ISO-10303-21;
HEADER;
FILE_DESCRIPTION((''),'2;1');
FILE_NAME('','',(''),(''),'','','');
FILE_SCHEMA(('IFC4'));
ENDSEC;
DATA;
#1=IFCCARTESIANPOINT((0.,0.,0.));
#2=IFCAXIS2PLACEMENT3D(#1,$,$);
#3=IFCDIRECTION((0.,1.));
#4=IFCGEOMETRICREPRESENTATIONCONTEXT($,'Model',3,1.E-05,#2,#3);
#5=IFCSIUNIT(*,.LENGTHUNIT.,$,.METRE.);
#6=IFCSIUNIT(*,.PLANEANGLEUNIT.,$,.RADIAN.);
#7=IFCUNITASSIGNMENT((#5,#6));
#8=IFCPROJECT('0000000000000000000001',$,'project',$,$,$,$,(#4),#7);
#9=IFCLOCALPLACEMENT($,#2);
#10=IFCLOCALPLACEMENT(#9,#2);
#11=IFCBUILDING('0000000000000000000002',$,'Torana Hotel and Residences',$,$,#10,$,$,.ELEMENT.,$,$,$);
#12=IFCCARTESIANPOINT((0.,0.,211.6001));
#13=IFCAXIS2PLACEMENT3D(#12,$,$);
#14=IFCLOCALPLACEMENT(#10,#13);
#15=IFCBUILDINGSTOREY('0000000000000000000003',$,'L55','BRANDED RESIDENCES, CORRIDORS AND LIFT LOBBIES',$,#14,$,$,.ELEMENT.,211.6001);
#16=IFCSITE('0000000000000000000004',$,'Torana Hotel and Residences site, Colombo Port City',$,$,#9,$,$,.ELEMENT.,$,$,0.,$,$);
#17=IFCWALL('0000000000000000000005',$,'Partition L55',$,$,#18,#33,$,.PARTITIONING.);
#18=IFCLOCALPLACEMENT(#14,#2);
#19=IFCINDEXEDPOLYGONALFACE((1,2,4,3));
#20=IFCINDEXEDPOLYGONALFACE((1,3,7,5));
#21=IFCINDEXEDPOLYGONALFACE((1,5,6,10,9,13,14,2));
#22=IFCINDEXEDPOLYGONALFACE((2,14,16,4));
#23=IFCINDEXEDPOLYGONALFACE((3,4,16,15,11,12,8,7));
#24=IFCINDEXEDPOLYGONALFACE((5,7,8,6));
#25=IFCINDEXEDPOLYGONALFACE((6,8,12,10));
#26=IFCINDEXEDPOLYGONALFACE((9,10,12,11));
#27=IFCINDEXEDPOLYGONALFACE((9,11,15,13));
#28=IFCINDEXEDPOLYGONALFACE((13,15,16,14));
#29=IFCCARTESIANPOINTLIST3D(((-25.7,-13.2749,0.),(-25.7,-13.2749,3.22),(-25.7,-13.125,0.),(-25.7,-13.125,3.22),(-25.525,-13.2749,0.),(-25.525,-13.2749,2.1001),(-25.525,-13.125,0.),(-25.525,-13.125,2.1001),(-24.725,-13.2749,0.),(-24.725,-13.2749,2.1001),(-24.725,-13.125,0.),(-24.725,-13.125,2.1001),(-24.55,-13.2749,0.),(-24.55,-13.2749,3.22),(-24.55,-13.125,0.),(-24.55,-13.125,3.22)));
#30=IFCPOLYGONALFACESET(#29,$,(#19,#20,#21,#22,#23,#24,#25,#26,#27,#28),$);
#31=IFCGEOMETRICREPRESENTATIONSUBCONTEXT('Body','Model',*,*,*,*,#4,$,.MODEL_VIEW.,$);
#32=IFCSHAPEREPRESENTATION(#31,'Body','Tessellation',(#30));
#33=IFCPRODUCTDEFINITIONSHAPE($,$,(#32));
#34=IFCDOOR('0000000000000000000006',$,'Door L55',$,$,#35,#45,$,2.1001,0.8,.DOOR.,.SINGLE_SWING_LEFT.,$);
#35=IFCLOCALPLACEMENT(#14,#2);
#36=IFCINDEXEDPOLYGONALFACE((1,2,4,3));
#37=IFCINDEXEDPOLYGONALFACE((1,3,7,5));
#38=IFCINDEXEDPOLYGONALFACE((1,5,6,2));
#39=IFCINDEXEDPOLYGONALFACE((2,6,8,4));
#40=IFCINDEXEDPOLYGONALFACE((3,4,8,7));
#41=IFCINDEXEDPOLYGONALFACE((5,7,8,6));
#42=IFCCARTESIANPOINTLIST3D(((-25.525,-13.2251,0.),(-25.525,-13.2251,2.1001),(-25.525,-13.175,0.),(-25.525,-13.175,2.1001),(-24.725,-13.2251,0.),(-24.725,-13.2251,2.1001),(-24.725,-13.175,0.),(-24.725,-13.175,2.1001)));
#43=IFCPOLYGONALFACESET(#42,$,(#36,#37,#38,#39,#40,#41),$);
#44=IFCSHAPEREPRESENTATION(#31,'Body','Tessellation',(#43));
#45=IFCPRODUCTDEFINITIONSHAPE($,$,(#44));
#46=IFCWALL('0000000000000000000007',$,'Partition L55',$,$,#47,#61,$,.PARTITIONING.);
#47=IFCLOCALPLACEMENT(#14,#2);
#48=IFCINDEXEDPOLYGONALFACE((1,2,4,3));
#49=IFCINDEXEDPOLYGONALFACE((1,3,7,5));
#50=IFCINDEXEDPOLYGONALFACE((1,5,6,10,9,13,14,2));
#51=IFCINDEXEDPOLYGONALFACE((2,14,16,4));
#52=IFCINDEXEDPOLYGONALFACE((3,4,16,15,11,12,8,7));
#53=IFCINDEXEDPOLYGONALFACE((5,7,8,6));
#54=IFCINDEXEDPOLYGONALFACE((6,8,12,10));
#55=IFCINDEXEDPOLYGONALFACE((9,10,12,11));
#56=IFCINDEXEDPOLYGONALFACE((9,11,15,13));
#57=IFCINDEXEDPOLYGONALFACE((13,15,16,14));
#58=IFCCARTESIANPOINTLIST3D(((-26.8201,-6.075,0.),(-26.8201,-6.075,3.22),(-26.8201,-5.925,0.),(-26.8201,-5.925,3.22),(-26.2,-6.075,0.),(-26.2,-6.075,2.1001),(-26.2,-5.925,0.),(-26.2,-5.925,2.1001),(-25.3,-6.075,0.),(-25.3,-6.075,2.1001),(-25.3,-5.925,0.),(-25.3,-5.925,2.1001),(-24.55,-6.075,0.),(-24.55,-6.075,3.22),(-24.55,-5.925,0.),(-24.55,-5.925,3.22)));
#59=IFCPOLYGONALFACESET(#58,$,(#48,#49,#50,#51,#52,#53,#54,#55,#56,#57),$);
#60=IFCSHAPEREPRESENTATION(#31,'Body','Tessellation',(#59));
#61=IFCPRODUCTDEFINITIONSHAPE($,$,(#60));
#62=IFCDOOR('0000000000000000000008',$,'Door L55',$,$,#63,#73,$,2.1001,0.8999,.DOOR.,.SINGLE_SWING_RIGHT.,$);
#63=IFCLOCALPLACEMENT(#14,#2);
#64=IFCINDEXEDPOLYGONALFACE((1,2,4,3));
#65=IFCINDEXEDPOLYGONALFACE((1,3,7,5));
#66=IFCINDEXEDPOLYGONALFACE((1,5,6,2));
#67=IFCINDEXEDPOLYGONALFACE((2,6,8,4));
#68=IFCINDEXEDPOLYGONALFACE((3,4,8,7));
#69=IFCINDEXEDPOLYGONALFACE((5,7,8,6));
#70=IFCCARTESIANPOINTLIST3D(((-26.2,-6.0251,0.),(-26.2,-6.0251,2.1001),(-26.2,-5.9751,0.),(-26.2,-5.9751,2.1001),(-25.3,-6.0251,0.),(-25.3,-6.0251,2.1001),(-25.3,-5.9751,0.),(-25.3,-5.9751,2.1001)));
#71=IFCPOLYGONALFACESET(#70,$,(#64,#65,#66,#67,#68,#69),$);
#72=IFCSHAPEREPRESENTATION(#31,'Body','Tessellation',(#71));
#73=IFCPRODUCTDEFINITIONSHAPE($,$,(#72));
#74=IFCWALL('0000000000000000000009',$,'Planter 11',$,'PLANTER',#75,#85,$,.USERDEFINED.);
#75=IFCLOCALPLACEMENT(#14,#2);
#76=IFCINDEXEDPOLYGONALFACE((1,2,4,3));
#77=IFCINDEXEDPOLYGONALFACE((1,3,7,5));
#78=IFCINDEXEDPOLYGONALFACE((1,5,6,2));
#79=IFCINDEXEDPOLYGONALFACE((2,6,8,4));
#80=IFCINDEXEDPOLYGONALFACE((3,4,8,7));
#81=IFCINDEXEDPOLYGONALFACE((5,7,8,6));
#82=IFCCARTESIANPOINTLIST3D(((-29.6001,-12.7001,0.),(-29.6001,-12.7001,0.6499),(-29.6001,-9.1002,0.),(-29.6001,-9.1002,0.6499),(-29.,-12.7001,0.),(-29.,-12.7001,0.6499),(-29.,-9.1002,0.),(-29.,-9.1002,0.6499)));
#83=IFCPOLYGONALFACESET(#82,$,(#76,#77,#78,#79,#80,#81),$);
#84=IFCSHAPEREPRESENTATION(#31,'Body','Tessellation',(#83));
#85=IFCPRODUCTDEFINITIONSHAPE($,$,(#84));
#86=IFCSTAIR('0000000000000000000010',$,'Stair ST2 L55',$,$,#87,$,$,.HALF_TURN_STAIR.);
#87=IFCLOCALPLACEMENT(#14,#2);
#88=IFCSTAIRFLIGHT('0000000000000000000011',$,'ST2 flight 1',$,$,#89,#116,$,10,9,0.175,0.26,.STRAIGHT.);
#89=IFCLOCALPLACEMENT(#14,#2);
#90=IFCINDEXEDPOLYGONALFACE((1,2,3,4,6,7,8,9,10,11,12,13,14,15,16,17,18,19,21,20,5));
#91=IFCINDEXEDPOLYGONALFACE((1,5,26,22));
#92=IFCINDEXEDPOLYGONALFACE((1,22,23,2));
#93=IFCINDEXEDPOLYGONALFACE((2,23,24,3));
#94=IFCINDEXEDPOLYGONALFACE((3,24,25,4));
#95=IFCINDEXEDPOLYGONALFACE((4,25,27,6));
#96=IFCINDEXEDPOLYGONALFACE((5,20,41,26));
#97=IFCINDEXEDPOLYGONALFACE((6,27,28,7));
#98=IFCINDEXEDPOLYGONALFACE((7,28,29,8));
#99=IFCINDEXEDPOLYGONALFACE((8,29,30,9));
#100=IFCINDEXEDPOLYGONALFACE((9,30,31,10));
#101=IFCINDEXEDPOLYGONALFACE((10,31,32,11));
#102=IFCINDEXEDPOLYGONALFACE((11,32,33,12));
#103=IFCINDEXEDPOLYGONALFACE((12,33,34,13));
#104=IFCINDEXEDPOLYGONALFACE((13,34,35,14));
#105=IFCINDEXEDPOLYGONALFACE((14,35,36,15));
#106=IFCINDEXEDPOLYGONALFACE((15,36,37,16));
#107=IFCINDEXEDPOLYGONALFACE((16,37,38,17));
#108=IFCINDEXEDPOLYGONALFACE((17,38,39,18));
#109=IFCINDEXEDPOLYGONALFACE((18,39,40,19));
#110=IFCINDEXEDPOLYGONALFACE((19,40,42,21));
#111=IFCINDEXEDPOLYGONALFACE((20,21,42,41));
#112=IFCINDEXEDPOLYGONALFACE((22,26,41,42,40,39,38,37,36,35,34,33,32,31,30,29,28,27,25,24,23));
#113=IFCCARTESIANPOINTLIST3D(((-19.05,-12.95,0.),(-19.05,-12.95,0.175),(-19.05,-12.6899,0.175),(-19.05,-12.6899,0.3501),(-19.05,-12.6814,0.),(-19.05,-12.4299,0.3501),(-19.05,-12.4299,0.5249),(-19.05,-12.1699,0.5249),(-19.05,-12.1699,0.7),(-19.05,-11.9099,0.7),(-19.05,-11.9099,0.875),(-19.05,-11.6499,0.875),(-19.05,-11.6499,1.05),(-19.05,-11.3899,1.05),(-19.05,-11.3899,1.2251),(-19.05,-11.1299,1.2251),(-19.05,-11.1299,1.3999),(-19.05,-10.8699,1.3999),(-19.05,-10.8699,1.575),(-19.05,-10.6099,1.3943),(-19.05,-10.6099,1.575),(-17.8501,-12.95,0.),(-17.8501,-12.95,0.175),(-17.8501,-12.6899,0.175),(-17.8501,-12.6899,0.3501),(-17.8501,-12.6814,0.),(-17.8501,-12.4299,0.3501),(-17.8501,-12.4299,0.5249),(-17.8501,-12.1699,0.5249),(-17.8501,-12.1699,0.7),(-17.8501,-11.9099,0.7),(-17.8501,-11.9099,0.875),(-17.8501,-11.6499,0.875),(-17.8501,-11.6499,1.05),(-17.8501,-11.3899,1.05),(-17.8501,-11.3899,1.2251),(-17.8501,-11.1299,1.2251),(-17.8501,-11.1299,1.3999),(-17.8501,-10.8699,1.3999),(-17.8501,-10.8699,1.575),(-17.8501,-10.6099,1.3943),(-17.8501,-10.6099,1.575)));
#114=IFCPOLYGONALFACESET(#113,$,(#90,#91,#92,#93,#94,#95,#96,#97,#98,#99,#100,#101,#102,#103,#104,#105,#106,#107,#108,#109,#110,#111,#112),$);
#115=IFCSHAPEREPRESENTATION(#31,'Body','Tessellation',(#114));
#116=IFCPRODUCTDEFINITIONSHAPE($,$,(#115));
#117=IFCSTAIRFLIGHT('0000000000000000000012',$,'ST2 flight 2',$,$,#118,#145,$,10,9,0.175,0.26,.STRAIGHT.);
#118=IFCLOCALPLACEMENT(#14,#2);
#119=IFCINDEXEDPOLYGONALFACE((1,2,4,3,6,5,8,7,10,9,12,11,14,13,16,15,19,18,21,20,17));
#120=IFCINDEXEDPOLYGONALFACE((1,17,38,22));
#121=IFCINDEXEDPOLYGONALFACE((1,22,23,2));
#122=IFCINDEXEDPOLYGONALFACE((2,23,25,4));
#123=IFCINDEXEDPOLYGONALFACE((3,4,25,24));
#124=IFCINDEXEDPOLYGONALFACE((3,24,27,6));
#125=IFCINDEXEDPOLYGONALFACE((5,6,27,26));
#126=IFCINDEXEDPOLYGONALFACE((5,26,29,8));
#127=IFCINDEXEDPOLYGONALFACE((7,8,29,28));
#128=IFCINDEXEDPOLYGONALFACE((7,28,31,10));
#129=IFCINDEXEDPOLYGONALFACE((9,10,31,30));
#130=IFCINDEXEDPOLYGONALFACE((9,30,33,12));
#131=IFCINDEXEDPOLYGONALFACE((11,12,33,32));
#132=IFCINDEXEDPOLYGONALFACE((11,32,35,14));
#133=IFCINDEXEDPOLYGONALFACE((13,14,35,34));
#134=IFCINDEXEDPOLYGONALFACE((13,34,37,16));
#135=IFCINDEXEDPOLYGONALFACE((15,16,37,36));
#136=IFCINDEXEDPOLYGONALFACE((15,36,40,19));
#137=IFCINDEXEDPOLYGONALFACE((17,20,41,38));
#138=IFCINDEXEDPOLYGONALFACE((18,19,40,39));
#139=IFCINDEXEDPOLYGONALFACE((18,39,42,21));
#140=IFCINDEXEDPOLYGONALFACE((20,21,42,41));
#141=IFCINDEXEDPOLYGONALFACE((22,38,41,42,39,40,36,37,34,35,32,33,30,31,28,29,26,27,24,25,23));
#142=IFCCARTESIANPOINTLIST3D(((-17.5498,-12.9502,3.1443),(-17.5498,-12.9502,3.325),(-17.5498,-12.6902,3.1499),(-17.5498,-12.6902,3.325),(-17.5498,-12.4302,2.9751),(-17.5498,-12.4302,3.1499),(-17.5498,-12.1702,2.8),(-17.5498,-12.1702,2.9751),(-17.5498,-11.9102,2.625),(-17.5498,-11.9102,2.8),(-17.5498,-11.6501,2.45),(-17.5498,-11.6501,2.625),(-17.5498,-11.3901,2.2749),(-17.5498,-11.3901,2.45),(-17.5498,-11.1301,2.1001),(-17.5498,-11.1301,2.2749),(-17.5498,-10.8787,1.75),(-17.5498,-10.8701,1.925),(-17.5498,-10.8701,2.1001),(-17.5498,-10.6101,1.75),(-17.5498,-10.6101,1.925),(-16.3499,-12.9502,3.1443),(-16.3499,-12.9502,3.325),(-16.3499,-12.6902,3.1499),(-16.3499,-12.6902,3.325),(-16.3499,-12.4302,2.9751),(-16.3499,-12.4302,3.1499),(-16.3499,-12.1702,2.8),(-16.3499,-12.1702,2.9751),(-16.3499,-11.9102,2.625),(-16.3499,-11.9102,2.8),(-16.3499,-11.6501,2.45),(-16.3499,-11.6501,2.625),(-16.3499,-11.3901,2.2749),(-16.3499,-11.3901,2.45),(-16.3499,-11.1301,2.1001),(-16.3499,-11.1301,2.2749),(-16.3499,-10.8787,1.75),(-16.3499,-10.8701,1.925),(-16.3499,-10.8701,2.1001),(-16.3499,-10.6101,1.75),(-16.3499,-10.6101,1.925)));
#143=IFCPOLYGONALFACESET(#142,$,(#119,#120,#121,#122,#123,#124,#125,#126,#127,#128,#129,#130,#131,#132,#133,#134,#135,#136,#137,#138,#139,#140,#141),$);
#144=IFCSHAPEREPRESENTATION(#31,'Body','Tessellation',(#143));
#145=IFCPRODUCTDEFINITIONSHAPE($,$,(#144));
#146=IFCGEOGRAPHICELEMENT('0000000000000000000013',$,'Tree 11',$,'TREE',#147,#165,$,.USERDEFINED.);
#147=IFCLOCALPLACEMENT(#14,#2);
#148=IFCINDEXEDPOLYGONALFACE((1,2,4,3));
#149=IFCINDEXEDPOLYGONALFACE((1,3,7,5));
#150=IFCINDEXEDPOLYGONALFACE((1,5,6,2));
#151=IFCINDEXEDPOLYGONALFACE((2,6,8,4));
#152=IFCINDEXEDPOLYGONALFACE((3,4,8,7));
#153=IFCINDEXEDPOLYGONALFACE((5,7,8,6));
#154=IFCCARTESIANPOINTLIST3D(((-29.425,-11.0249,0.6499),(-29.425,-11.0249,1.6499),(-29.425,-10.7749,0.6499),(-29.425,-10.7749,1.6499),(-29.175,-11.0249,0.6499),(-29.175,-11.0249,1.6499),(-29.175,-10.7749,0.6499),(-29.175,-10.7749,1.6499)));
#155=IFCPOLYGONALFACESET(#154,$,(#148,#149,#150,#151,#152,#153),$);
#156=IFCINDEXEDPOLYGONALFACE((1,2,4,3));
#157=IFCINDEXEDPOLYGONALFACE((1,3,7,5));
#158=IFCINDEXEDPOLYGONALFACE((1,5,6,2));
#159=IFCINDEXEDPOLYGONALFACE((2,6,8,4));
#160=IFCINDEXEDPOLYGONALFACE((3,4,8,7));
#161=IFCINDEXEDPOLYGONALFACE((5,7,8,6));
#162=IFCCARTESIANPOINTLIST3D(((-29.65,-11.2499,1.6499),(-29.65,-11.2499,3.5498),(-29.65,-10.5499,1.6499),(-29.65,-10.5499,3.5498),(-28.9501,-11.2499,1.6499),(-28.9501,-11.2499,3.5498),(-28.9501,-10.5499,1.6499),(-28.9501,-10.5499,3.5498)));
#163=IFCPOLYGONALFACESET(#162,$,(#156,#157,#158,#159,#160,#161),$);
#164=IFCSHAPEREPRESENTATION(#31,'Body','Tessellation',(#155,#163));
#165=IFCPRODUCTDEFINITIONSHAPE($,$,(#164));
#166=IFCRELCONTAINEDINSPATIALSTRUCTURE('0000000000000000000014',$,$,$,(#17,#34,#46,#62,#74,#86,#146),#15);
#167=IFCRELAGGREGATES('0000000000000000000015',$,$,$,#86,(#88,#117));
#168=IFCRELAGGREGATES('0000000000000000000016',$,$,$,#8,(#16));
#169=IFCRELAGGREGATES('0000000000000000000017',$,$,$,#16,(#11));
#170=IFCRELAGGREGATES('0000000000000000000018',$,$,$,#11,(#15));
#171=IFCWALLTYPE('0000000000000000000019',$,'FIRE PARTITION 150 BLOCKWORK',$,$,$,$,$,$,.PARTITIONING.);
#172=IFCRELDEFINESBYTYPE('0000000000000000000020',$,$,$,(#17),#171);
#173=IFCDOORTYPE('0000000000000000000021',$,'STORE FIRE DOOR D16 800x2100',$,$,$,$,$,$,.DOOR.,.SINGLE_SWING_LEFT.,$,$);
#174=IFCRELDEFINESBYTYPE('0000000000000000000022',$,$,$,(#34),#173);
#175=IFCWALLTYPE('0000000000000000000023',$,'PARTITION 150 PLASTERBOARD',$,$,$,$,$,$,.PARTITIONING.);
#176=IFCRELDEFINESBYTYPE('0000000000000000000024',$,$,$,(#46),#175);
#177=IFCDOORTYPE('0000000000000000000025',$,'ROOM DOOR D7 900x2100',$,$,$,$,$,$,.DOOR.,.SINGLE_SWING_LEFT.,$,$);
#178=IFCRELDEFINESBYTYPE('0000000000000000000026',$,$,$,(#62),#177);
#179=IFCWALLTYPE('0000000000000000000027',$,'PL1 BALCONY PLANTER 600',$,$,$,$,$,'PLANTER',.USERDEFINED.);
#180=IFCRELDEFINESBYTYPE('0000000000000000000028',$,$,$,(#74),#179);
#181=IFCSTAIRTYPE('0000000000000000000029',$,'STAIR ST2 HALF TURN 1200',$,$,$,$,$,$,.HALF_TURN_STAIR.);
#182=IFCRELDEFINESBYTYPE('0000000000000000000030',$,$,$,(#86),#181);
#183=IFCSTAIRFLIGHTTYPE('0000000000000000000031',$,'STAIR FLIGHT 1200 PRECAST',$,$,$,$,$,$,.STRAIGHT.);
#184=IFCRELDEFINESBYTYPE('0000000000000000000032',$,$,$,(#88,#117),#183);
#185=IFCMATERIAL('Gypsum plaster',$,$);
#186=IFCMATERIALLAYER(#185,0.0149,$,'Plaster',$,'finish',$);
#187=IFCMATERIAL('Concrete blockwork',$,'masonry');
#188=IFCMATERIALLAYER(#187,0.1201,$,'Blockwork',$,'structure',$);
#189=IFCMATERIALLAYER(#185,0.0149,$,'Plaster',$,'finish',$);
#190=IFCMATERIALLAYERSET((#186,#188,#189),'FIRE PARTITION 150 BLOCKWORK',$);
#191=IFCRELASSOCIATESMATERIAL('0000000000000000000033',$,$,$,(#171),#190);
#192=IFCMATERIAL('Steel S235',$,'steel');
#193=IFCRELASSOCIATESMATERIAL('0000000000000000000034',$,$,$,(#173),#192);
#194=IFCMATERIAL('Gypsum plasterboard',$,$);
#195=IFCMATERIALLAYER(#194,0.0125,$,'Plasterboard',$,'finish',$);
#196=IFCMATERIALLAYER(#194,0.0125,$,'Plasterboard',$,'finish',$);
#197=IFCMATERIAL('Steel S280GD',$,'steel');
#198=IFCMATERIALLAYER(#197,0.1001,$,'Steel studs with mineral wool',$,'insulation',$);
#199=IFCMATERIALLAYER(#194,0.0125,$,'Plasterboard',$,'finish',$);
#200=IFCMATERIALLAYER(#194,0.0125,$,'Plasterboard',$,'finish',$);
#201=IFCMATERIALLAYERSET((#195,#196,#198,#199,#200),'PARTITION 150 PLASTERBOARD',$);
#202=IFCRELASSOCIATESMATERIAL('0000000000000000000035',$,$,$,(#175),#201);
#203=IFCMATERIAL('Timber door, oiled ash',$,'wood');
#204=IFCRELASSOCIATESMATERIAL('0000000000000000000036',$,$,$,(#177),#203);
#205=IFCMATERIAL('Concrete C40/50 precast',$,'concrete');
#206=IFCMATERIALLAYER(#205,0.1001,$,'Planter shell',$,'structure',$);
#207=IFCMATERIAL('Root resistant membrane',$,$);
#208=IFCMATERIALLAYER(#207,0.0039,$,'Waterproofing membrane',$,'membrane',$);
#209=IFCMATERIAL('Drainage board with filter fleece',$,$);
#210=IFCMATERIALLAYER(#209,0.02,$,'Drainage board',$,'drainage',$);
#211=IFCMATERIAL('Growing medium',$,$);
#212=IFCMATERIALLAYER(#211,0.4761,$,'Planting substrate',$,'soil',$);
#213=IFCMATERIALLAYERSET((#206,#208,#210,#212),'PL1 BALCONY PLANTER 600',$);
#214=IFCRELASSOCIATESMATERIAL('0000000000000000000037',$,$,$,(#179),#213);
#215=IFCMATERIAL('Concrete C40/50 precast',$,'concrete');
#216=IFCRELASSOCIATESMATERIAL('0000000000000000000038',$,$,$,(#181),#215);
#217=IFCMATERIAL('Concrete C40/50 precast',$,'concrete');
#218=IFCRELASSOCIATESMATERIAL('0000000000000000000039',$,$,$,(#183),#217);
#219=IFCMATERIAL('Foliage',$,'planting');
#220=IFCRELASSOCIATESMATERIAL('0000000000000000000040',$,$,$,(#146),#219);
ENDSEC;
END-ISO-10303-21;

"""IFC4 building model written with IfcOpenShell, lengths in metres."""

from ifc_helpers import new_model, si_unit, direction, frame, frame_2d, origin, origin_2d, place, context, subcontext, project, spatial, polyline, rectangle, outline, extrude, material, layer, layer_set, type_object, element, fill, aggregate, save


model = new_model("IFC4")

# Units and contexts
model_context = context("Model", 3, precision=1e-05, world=origin(), true_north=direction((0.0, 1.0)))
body_context = subcontext(model_context, "Body", "Model", "MODEL_VIEW")
ifc_project = project(units=[si_unit("LENGTHUNIT", "METRE"), si_unit("PLANEANGLEUNIT", "RADIAN")], contexts=[model_context])

# Site, building, storey
site_placement = place(None, origin())
site = spatial("IfcSite", under=ifc_project, at=site_placement, Name="Torana Hotel and Residences site, Colombo Port City", CompositionType="ELEMENT", RefElevation=0.0)
building_placement = place(site_placement, origin())
building = spatial("IfcBuilding", under=site, at=building_placement, Name="Torana Hotel and Residences", CompositionType="ELEMENT")
storey_placement = place(building_placement, frame((0.0, 0.0, 211.6001)))
storey = spatial("IfcBuildingStorey", under=building, at=storey_placement, Name="L55", Description="BRANDED RESIDENCES, CORRIDORS AND LIFT LOBBIES", CompositionType="ELEMENT", Elevation=211.6001)

# Walls, openings, doors
ifc_material_1 = material(Name="Gypsum plaster")
ifc_layer_1 = layer(ifc_material_1, 0.0149, Name="Plaster", Category="finish")
ifc_material_2 = material(Name="Concrete blockwork", Category="masonry")
ifc_layer_2 = layer(ifc_material_2, 0.1201, Name="Blockwork", Category="structure")
ifc_layer_3 = layer(ifc_material_1, 0.0149, Name="Plaster", Category="finish")
ifc_layer_set_1 = layer_set([ifc_layer_1, ifc_layer_2, ifc_layer_3], Name="FIRE PARTITION 150 BLOCKWORK")
wall_type_1 = type_object("IfcWallType", Name="FIRE PARTITION 150 BLOCKWORK", PredefinedType="PARTITIONING", material=ifc_layer_set_1)
wall_1_placement = place(storey_placement, frame((-25.7, -13.2, 0.0), z_axis=(0.0, 0.0, 1.0), x_axis=(1.0, 0.0, 0.0)))
wall_1 = element("IfcWall", 1, at=wall_1_placement, inside=storey, type_object=wall_type_1, Name="Partition L55", PredefinedType="PARTITIONING", context=body_context, shape_type="SweptSolid", body=[
    extrude(rectangle(XDim=1.1499, YDim=0.1499, at=frame_2d((0.575, 0.0))), origin(), (0.0, 0.0, 1.0), 3.22),
])
opening_1_placement = place(wall_1_placement, frame((0.175, 0.0, 0.0)))
opening_1 = element("IfcOpeningElement", 2, at=opening_1_placement, cuts=wall_1, PredefinedType="OPENING", context=body_context, shape_type="SweptSolid", body=[
    extrude(rectangle(XDim=0.8, YDim=2.1001, at=frame_2d((0.3999, 1.05))), frame((0.0, 0.085, 0.0), z_axis=(0.0, -1.0, 0.0), x_axis=(1.0, 0.0, 0.0)), (0.0, 0.0, 1.0), 0.1699),
])
ifc_material_3 = material(Name="Steel S235", Category="steel")
door_type_1 = type_object("IfcDoorType", Name="STORE FIRE DOOR D16 800x2100", OperationType="SINGLE_SWING_LEFT", PredefinedType="DOOR", material=ifc_material_3)
door_1_placement = place(opening_1_placement, origin())
door_1 = element("IfcDoor", 3, at=door_1_placement, inside=storey, type_object=door_type_1, Name="Door L55", OperationType="SINGLE_SWING_LEFT", OverallHeight=2.1001, OverallWidth=0.8, PredefinedType="DOOR", context=body_context, shape_type="SweptSolid", body=[
    extrude(rectangle(XDim=0.8, YDim=2.1001, at=frame_2d((0.3999, 1.05))), frame((0.0, 0.0249, 0.0), z_axis=(0.0, -1.0, 0.0), x_axis=(1.0, 0.0, 0.0)), (0.0, 0.0, 1.0), 0.05),
])
fill(opening_1, door_1)
ifc_material_4 = material(Name="Gypsum plasterboard")
ifc_layer_4 = layer(ifc_material_4, 0.0125, Name="Plasterboard", Category="finish")
ifc_layer_5 = layer(ifc_material_4, 0.0125, Name="Plasterboard", Category="finish")
ifc_material_5 = material(Name="Steel S280GD", Category="steel")
ifc_layer_6 = layer(ifc_material_5, 0.1001, Name="Steel studs with mineral wool", Category="insulation")
ifc_layer_7 = layer(ifc_material_4, 0.0125, Name="Plasterboard", Category="finish")
ifc_layer_8 = layer(ifc_material_4, 0.0125, Name="Plasterboard", Category="finish")
ifc_layer_set_2 = layer_set([ifc_layer_4, ifc_layer_5, ifc_layer_6, ifc_layer_7, ifc_layer_8], Name="PARTITION 150 PLASTERBOARD")
wall_type_2 = type_object("IfcWallType", Name="PARTITION 150 PLASTERBOARD", PredefinedType="PARTITIONING", material=ifc_layer_set_2)
wall_2_placement = place(storey_placement, frame((-26.8201, -6.0, 0.0), z_axis=(0.0, 0.0, 1.0), x_axis=(1.0, 0.0, 0.0)))
wall_2 = element("IfcWall", 4, at=wall_2_placement, inside=storey, type_object=wall_type_2, Name="Partition L55", PredefinedType="PARTITIONING", context=body_context, shape_type="SweptSolid", body=[
    extrude(rectangle(XDim=2.27, YDim=0.1499, at=frame_2d((1.135, 0.0))), origin(), (0.0, 0.0, 1.0), 3.22),
])
opening_2_placement = place(wall_2_placement, frame((0.6201, 0.0, 0.0)))
opening_2 = element("IfcOpeningElement", 5, at=opening_2_placement, cuts=wall_2, PredefinedType="OPENING", context=body_context, shape_type="SweptSolid", body=[
    extrude(rectangle(XDim=0.8999, YDim=2.1001, at=frame_2d((0.45, 1.05))), frame((0.0, 0.085, 0.0), z_axis=(0.0, -1.0, 0.0), x_axis=(1.0, 0.0, 0.0)), (0.0, 0.0, 1.0), 0.1699),
])
ifc_material_6 = material(Name="Timber door, oiled ash", Category="wood")
door_type_2 = type_object("IfcDoorType", Name="ROOM DOOR D7 900x2100", OperationType="SINGLE_SWING_LEFT", PredefinedType="DOOR", material=ifc_material_6)
door_2_placement = place(opening_2_placement, origin())
door_2 = element("IfcDoor", 6, at=door_2_placement, inside=storey, type_object=door_type_2, Name="Door L55", OperationType="SINGLE_SWING_RIGHT", OverallHeight=2.1001, OverallWidth=0.8999, PredefinedType="DOOR", context=body_context, shape_type="SweptSolid", body=[
    extrude(rectangle(XDim=0.8999, YDim=2.1001, at=frame_2d((0.45, 1.05))), frame((0.0, 0.0249, 0.0), z_axis=(0.0, -1.0, 0.0), x_axis=(1.0, 0.0, 0.0)), (0.0, 0.0, 1.0), 0.05),
])
fill(opening_2, door_2)

# Wall
ifc_material_7 = material(Name="Concrete C40/50 precast", Category="concrete")
ifc_layer_9 = layer(ifc_material_7, 0.1001, Name="Planter shell", Category="structure")
ifc_material_8 = material(Name="Root resistant membrane")
ifc_layer_10 = layer(ifc_material_8, 0.0039, Name="Waterproofing membrane", Category="membrane")
ifc_material_9 = material(Name="Drainage board with filter fleece")
ifc_layer_11 = layer(ifc_material_9, 0.02, Name="Drainage board", Category="drainage")
ifc_material_10 = material(Name="Growing medium")
ifc_layer_12 = layer(ifc_material_10, 0.4761, Name="Planting substrate", Category="soil")
ifc_layer_set_3 = layer_set([ifc_layer_9, ifc_layer_10, ifc_layer_11, ifc_layer_12], Name="PL1 BALCONY PLANTER 600")
wall_type_3 = type_object("IfcWallType", Name="PL1 BALCONY PLANTER 600", ElementType="PLANTER", PredefinedType="USERDEFINED", material=ifc_layer_set_3)
wall_3_placement = place(storey_placement, frame((-29.3, -12.7, 0.0), z_axis=(0.0, 0.0, 1.0), x_axis=(0.0, 1.0, 0.0)))
element("IfcWall", 7, at=wall_3_placement, inside=storey, type_object=wall_type_3, Name="Planter 11", ObjectType="PLANTER", PredefinedType="USERDEFINED", context=body_context, shape_type="SweptSolid", body=[
    extrude(rectangle(XDim=3.5999, YDim=0.6001, at=frame_2d((1.7998, 0.0))), origin(), (0.0, 0.0, 1.0), 0.6499),
])

# Stair, stair flights
ifc_material_11 = material(Name="Concrete C40/50 precast", Category="concrete")
stair_type = type_object("IfcStairType", Name="STAIR ST2 HALF TURN 1200", PredefinedType="HALF_TURN_STAIR", material=ifc_material_11)
stair_placement = place(storey_placement, origin())
stair = element("IfcStair", 8, at=stair_placement, inside=storey, type_object=stair_type, Name="Stair ST2 L55", PredefinedType="HALF_TURN_STAIR")
ifc_material_12 = material(Name="Concrete C40/50 precast", Category="concrete")
stair_flight_type = type_object("IfcStairFlightType", Name="STAIR FLIGHT 1200 PRECAST", PredefinedType="STRAIGHT", material=ifc_material_12)
stair_flight_1_placement = place(storey_placement, frame((-18.45, -12.95, 0.0), z_axis=(0.0, 0.0, 1.0), x_axis=(0.0, 1.0, 0.0)))
stair_flight_1 = element("IfcStairFlight", 9, at=stair_flight_1_placement, type_object=stair_flight_type, Name="ST2 flight 1", NumberOfRisers=10, NumberOfTreads=9, PredefinedType="STRAIGHT", RiserHeight=0.175, TreadLength=0.26, context=body_context, shape_type="SweptSolid", body=[
    extrude(outline(polyline([(0.0, 0.0), (0.0, 0.175), (0.26, 0.175), (0.26, 0.3501), (0.52, 0.3501), (0.52, 0.5249), (0.78, 0.5249), (0.78, 0.7), (1.04, 0.7), (1.04, 0.875), (1.3, 0.875), (1.3, 1.05), (1.5601, 1.05), (1.5601, 1.2251), (1.8201, 1.2251), (1.8201, 1.3999), (2.0801, 1.3999), (2.0801, 1.575), (2.3401, 1.575), (2.3401, 1.75), (2.3401, 1.3943), (0.2686, 0.0), (0.0, 0.0)])), frame((0.0, 0.6001, 0.0), z_axis=(0.0, -1.0, 0.0), x_axis=(1.0, 0.0, 0.0)), (0.0, 0.0, 1.0), 1.2),
])
stair_flight_2_placement = place(storey_placement, frame((-16.95, -10.6101, 1.75), z_axis=(0.0, 0.0, 1.0), x_axis=(0.0, -1.0, 0.0)))
stair_flight_2 = element("IfcStairFlight", 10, at=stair_flight_2_placement, type_object=stair_flight_type, Name="ST2 flight 2", NumberOfRisers=10, NumberOfTreads=9, PredefinedType="STRAIGHT", RiserHeight=0.175, TreadLength=0.26, context=body_context, shape_type="SweptSolid", body=[
    extrude(outline(polyline([(0.0, 0.0), (0.0, 0.175), (0.26, 0.175), (0.26, 0.3501), (0.52, 0.3501), (0.52, 0.5249), (0.78, 0.5249), (0.78, 0.7), (1.04, 0.7), (1.04, 0.875), (1.3, 0.875), (1.3, 1.05), (1.5601, 1.05), (1.5601, 1.2251), (1.8201, 1.2251), (1.8201, 1.3999), (2.0801, 1.3999), (2.0801, 1.575), (2.3401, 1.575), (2.3401, 1.75), (2.3401, 1.3943), (0.2686, 0.0), (0.0, 0.0)])), frame((0.0, 0.6001, 0.0), z_axis=(0.0, -1.0, 0.0), x_axis=(1.0, 0.0, 0.0)), (0.0, 0.0, 1.0), 1.2),
])
aggregate(stair, [stair_flight_1, stair_flight_2])

# Geographic element
ifc_material_13 = material(Name="Foliage", Category="planting")
geographic_element_placement = place(storey_placement, frame((-29.3, -10.8999, 0.6499), z_axis=(0.0, 0.0, 1.0), x_axis=(1.0, 0.0, 0.0)))
element("IfcGeographicElement", 11, at=geographic_element_placement, inside=storey, material=ifc_material_13, Name="Tree 11", ObjectType="TREE", PredefinedType="USERDEFINED", context=body_context, shape_type="SweptSolid", body=[
    extrude(rectangle(XDim=0.25, YDim=0.25, at=origin_2d()), origin(), (0.0, 0.0, 1.0), 1.0),
    extrude(rectangle(XDim=0.7, YDim=0.7, at=origin_2d()), frame((0.0, 0.0, 1.0)), (0.0, 0.0, 1.0), 1.8999),
])

save(model, "model.ifc")
